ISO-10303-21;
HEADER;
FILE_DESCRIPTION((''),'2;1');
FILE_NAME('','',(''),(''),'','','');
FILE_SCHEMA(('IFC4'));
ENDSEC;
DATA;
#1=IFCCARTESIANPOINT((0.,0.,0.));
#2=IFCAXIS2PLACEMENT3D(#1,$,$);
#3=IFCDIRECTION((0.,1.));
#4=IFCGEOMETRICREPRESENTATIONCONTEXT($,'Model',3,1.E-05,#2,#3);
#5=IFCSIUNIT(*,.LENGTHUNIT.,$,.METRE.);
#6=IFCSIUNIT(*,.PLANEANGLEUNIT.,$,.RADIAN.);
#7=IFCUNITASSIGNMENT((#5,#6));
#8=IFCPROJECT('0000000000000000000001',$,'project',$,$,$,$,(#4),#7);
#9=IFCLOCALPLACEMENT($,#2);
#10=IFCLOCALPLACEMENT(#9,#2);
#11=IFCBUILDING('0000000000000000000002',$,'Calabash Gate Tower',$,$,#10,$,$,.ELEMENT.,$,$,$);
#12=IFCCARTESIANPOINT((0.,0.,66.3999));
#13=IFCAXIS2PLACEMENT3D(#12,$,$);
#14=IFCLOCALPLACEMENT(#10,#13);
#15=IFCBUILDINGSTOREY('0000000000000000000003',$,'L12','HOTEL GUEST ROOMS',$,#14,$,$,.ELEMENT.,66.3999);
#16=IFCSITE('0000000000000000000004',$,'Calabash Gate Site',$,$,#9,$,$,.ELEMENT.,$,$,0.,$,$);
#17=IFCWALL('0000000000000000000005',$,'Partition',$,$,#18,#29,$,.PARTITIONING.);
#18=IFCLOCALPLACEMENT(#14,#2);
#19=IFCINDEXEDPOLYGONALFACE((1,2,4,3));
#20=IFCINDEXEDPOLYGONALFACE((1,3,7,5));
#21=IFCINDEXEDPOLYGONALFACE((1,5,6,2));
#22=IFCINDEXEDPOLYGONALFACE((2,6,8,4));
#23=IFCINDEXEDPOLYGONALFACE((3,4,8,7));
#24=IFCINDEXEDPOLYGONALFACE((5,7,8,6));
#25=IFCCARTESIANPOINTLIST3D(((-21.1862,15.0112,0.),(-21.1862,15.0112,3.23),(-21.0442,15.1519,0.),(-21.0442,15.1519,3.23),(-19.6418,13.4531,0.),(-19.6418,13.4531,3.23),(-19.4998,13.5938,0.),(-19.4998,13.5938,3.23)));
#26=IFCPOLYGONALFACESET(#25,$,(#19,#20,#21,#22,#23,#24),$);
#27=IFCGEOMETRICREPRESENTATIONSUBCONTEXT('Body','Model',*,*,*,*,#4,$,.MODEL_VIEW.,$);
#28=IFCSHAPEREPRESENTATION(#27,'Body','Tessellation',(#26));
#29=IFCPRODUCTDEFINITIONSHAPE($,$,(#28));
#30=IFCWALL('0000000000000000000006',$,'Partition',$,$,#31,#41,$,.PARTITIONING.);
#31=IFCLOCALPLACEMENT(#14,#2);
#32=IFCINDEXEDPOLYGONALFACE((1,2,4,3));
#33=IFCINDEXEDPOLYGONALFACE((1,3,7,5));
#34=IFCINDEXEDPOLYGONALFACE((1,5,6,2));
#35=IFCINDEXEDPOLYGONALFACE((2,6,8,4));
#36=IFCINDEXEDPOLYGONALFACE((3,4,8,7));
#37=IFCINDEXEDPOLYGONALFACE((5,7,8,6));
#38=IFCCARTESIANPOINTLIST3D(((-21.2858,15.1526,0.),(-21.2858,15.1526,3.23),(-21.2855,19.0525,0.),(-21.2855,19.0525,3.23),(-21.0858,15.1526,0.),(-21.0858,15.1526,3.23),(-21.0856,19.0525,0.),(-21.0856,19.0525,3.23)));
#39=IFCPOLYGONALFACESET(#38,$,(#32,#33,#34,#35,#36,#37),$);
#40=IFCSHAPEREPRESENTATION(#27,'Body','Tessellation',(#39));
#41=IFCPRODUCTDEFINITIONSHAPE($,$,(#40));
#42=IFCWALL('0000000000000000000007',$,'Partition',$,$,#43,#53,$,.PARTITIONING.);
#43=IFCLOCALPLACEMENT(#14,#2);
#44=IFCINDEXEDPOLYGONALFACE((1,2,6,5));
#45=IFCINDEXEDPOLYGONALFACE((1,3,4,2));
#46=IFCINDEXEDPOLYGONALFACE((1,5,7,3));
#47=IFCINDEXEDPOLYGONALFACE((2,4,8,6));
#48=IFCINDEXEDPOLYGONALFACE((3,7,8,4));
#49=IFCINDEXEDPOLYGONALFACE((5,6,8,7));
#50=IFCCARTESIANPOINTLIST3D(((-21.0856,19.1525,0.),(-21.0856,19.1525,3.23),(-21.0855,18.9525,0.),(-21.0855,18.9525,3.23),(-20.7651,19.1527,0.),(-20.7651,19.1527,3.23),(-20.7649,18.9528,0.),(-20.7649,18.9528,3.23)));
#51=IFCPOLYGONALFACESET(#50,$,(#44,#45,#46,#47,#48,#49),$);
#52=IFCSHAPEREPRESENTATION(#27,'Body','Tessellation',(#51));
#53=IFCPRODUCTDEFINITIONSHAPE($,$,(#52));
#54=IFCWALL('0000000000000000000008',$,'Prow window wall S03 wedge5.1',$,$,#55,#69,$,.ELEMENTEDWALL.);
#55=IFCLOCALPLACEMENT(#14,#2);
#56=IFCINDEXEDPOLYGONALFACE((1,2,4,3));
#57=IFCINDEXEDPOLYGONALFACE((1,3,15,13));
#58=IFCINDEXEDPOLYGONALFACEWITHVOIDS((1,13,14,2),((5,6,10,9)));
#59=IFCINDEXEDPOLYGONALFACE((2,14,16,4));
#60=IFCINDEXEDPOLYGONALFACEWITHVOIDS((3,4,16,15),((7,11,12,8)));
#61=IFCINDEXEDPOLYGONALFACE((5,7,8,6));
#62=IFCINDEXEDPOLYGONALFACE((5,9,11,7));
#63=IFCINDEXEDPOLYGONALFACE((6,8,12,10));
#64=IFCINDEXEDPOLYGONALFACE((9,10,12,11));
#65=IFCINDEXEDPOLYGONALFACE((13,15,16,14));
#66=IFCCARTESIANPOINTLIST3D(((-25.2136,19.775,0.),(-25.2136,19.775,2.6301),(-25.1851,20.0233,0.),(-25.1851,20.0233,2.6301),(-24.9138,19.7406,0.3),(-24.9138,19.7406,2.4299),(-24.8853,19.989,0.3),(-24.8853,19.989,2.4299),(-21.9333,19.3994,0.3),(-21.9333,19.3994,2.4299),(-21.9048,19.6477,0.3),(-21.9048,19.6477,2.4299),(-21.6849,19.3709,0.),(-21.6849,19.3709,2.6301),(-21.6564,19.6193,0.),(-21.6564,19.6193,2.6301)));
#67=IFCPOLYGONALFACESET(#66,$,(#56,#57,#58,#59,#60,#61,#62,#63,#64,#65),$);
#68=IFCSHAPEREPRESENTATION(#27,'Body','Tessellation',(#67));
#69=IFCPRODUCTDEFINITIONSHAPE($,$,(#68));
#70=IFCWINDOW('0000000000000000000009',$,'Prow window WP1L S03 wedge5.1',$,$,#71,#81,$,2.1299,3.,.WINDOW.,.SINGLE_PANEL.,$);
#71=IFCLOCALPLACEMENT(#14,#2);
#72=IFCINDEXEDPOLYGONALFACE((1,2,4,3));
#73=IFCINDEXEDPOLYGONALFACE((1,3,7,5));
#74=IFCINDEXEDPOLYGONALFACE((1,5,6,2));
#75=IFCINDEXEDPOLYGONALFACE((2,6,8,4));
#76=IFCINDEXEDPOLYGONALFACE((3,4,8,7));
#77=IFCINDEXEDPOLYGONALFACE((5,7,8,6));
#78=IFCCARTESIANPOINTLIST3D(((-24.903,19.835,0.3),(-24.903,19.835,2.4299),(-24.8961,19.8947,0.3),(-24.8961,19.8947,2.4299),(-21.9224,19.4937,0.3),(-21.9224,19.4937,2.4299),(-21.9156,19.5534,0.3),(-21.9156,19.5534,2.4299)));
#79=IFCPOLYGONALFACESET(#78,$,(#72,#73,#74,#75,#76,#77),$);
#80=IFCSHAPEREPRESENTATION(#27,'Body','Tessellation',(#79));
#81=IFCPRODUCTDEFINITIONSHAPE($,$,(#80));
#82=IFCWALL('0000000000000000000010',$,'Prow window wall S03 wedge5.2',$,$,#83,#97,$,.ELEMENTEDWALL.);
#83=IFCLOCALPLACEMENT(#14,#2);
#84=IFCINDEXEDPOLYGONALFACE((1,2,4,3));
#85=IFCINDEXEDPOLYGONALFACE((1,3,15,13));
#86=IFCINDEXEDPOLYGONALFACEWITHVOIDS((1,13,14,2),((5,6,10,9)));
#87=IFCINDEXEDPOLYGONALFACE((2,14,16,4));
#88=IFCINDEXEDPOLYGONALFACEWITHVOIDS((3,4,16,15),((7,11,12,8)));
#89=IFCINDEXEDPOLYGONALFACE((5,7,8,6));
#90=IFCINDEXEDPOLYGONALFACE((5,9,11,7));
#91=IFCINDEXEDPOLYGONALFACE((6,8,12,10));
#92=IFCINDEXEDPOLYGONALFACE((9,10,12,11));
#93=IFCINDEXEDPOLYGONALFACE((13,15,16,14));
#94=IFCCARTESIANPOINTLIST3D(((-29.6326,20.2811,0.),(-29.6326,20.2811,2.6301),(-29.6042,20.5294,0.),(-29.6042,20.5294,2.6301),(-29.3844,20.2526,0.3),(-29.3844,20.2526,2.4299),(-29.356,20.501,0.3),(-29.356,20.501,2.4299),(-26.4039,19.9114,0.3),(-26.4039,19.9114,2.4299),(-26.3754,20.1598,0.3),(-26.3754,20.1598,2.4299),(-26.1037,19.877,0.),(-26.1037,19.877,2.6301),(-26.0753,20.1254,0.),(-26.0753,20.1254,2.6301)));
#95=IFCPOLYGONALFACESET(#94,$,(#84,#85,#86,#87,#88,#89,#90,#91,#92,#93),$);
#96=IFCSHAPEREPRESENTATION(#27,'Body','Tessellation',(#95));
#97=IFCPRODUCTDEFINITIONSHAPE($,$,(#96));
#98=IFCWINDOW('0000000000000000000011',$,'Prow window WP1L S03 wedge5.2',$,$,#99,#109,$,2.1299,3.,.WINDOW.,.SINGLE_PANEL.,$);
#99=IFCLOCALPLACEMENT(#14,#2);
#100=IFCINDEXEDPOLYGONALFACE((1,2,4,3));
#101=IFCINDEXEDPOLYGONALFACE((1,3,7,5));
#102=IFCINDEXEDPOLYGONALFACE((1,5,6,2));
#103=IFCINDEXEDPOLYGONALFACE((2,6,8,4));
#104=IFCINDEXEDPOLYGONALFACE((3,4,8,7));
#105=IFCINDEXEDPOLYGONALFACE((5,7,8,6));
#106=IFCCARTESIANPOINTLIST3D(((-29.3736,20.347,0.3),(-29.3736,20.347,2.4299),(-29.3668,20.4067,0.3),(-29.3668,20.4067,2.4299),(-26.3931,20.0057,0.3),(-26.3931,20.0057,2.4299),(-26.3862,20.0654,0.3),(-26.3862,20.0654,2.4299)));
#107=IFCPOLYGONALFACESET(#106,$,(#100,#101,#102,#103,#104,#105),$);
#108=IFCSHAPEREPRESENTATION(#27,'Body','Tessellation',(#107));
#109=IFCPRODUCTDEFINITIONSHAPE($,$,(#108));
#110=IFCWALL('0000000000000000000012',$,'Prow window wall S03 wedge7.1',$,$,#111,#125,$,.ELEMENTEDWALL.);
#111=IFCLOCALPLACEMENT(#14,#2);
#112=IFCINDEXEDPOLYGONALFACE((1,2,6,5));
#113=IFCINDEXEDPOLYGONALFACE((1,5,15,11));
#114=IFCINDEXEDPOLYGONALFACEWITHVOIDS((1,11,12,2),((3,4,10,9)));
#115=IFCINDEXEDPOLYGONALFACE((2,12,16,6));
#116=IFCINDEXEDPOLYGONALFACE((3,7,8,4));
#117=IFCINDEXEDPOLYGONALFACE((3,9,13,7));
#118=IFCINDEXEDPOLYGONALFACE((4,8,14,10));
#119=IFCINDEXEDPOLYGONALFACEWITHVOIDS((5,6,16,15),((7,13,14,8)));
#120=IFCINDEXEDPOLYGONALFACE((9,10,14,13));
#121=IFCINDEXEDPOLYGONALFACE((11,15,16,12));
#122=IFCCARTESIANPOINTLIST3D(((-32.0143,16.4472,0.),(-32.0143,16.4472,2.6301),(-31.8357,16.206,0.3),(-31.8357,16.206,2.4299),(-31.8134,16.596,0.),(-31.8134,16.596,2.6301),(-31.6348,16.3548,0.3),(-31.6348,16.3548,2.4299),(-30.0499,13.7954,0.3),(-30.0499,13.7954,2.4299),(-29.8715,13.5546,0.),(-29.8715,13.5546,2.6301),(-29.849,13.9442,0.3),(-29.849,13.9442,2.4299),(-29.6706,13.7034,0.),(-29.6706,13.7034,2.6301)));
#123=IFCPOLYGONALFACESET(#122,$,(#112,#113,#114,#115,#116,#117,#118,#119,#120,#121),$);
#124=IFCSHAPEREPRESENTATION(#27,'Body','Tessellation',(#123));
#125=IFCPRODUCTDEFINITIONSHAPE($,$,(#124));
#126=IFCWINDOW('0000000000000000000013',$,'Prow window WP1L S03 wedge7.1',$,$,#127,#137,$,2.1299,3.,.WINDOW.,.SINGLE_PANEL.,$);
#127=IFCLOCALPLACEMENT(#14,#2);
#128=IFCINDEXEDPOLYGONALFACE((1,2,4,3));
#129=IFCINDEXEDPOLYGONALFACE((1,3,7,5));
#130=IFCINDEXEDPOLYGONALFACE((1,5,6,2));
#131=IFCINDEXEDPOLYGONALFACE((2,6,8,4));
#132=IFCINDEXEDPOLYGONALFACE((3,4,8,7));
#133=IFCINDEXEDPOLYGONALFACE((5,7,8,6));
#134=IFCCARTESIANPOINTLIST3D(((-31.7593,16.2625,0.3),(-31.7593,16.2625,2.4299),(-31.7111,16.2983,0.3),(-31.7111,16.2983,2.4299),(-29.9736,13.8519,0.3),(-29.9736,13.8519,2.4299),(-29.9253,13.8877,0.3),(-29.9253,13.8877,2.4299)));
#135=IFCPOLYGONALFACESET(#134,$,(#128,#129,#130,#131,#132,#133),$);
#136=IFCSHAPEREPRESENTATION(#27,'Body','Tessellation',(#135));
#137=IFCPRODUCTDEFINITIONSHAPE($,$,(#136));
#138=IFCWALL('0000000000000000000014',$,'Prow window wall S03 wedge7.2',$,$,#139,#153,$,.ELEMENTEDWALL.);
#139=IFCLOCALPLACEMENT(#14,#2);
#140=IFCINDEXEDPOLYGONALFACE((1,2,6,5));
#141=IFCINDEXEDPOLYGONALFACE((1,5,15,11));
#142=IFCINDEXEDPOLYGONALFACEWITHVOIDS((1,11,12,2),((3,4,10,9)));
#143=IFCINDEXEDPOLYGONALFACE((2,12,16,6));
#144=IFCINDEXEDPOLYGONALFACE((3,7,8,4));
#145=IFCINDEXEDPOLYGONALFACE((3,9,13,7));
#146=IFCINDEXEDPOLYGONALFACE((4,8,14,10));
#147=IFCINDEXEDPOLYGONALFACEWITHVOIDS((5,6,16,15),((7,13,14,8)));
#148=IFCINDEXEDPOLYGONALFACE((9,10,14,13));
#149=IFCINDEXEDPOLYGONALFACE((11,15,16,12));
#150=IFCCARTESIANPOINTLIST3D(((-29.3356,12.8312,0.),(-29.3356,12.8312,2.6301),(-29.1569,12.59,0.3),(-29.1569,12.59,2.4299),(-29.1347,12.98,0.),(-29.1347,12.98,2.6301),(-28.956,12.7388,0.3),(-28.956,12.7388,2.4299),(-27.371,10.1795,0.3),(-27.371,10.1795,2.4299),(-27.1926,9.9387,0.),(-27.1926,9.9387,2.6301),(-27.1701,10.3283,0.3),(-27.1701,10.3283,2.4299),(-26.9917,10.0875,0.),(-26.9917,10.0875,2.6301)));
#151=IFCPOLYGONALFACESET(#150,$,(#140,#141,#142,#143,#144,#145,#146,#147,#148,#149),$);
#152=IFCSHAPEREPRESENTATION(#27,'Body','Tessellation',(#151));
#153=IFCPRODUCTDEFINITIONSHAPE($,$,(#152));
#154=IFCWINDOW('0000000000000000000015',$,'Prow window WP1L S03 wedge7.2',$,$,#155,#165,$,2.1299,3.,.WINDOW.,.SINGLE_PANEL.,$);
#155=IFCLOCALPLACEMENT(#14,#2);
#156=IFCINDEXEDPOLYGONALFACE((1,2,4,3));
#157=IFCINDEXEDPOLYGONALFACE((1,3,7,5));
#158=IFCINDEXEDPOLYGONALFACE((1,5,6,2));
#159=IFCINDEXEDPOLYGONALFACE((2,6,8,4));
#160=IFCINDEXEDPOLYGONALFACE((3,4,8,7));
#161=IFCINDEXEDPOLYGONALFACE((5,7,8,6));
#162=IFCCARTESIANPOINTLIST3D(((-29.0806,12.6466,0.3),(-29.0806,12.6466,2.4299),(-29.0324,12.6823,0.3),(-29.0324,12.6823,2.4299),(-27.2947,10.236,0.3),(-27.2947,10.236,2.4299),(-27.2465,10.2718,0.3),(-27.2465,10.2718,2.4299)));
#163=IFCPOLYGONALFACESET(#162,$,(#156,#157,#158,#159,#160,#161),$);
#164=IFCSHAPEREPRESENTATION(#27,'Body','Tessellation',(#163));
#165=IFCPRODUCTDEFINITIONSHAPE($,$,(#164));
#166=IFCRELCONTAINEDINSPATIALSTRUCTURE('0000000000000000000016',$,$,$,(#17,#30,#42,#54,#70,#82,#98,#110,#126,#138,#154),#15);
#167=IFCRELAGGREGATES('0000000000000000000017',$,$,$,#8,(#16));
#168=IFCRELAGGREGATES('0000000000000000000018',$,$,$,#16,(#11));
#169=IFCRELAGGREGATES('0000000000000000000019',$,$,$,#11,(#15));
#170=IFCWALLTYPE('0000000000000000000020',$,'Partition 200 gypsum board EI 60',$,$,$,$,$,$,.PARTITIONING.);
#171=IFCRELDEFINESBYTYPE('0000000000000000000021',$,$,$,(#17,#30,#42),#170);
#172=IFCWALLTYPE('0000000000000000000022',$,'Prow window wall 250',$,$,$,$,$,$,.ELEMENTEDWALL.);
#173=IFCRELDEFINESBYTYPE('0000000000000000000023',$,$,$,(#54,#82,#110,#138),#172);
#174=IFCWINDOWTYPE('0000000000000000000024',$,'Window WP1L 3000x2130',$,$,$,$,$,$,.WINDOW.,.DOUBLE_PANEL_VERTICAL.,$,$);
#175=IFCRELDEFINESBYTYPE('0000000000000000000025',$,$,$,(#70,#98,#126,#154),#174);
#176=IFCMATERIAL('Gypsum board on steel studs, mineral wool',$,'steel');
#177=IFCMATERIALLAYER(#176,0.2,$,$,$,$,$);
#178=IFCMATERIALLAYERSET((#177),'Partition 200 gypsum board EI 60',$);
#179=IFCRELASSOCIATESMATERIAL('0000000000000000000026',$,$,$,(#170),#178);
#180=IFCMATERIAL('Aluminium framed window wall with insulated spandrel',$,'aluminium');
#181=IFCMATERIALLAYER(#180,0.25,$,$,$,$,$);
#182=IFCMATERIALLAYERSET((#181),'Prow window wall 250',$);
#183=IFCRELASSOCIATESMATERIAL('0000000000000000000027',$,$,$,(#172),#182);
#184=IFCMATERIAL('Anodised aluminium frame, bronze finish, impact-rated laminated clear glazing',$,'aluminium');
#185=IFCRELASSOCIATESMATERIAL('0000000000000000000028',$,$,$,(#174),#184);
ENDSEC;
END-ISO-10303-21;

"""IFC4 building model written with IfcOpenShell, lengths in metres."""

from ifc_helpers import new_model, si_unit, direction, frame, frame_2d, origin, place, context, subcontext, project, spatial, rectangle, extrude, material, layer, layer_set, type_object, element, fill, save


model = new_model("IFC4")

# Units and contexts
model_context = context("Model", 3, precision=1e-05, world=origin(), true_north=direction((0.0, 1.0)))
body_context = subcontext(model_context, "Body", "Model", "MODEL_VIEW")
ifc_project = project(units=[si_unit("LENGTHUNIT", "METRE"), si_unit("PLANEANGLEUNIT", "RADIAN")], contexts=[model_context])

# Site, building, storey
site_placement = place(None, origin())
site = spatial("IfcSite", under=ifc_project, at=site_placement, Name="Calabash Gate Site", CompositionType="ELEMENT", RefElevation=0.0)
building_placement = place(site_placement, origin())
building = spatial("IfcBuilding", under=site, at=building_placement, Name="Calabash Gate Tower", CompositionType="ELEMENT")
storey_placement = place(building_placement, frame((0.0, 0.0, 66.3999)))
storey = spatial("IfcBuildingStorey", under=building, at=storey_placement, Name="L12", Description="HOTEL GUEST ROOMS", CompositionType="ELEMENT", Elevation=66.3999)

# Walls
ifc_material_1 = material(Name="Gypsum board on steel studs, mineral wool", Category="steel")
ifc_layer_1 = layer(ifc_material_1, 0.2)
ifc_layer_set_1 = layer_set([ifc_layer_1], Name="Partition 200 gypsum board EI 60")
wall_type_1 = type_object("IfcWallType", Name="Partition 200 gypsum board EI 60", PredefinedType="PARTITIONING", material=ifc_layer_set_1)
wall_1_placement = place(storey_placement, frame((-21.1152, 15.0815, 0.0), z_axis=(0.0, 0.0, 1.0), x_axis=(0.703984, -0.710216, 0.0)))
element("IfcWall", 1, at=wall_1_placement, inside=storey, type_object=wall_type_1, Name="Partition", PredefinedType="PARTITIONING", context=body_context, shape_type="SweptSolid", body=[
    extrude(rectangle(XDim=2.1938, YDim=0.2, at=frame_2d((1.0969, 0.0))), origin(), (0.0, 0.0, 1.0), 3.23),
])
wall_2_placement = place(storey_placement, frame((-21.1858, 15.1526, 0.0), z_axis=(0.0, 0.0, 1.0), x_axis=(0.000063, 1.0, 0.0)))
element("IfcWall", 2, at=wall_2_placement, inside=storey, type_object=wall_type_1, Name="Partition", PredefinedType="PARTITIONING", context=body_context, shape_type="SweptSolid", body=[
    extrude(rectangle(XDim=3.8999, YDim=0.2, at=frame_2d((1.95, 0.0))), origin(), (0.0, 0.0, 1.0), 3.23),
])
wall_3_placement = place(storey_placement, frame((-21.0854, 19.0525, 0.0), z_axis=(0.0, 0.0, 1.0), x_axis=(1.0, 0.000762, 0.0)))
element("IfcWall", 3, at=wall_3_placement, inside=storey, type_object=wall_type_1, Name="Partition", PredefinedType="PARTITIONING", context=body_context, shape_type="SweptSolid", body=[
    extrude(rectangle(XDim=0.3206, YDim=0.2, at=frame_2d((0.1602, 0.0))), origin(), (0.0, 0.0, 1.0), 3.23),
])

# Walls, openings, windows
ifc_material_2 = material(Name="Aluminium framed window wall with insulated spandrel", Category="aluminium")
ifc_layer_2 = layer(ifc_material_2, 0.25)
ifc_layer_set_2 = layer_set([ifc_layer_2], Name="Prow window wall 250")
wall_type_2 = type_object("IfcWallType", Name="Prow window wall 250", PredefinedType="ELEMENTEDWALL", material=ifc_layer_set_2)
wall_4_placement = place(storey_placement, frame((-21.6707, 19.4951, 0.0), z_axis=(0.0, 0.0, 1.0), x_axis=(-0.993509, 0.113758, 0.0)))
wall_4 = element("IfcWall", 4, at=wall_4_placement, inside=storey, type_object=wall_type_2, Name="Prow window wall S03 wedge5.1", PredefinedType="ELEMENTEDWALL", context=body_context, shape_type="SweptSolid", body=[
    extrude(rectangle(XDim=3.5518, YDim=0.25, at=frame_2d((1.7759, 0.0))), origin(), (0.0, 0.0, 1.0), 2.6301),
])
opening_1_placement = place(wall_4_placement, frame((0.25, 0.0, 0.3)))
opening_1 = element("IfcOpeningElement", 5, at=opening_1_placement, cuts=wall_4, PredefinedType="OPENING", context=body_context, shape_type="SweptSolid", body=[
    extrude(rectangle(XDim=3.0, YDim=2.1299, at=frame_2d((1.5, 1.0649))), frame((0.0, 0.135, 0.0), z_axis=(0.0, -1.0, 0.0), x_axis=(1.0, 0.0, 0.0)), (0.0, 0.0, 1.0), 0.27),
])
ifc_material_3 = material(Name="Anodised aluminium frame, bronze finish, impact-rated laminated clear glazing", Category="aluminium")
window_type = type_object("IfcWindowType", Name="Window WP1L 3000x2130", PartitioningType="DOUBLE_PANEL_VERTICAL", PredefinedType="WINDOW", material=ifc_material_3)
window_1_placement = place(opening_1_placement, origin())
window_1 = element("IfcWindow", 6, at=window_1_placement, inside=storey, type_object=window_type, Name="Prow window WP1L S03 wedge5.1", OverallHeight=2.1299, OverallWidth=3.0, PartitioningType="SINGLE_PANEL", PredefinedType="WINDOW", context=body_context, shape_type="SweptSolid", body=[
    extrude(rectangle(XDim=3.0, YDim=2.1299, at=frame_2d((1.5, 1.0649))), frame((0.0, 0.03, 0.0), z_axis=(0.0, -1.0, 0.0), x_axis=(1.0, 0.0, 0.0)), (0.0, 0.0, 1.0), 0.0601),
])
fill(opening_1, window_1)
wall_5_placement = place(storey_placement, frame((-26.0896, 20.0012, 0.0), z_axis=(0.0, 0.0, 1.0), x_axis=(-0.993509, 0.11375, 0.0)))
wall_5 = element("IfcWall", 7, at=wall_5_placement, inside=storey, type_object=wall_type_2, Name="Prow window wall S03 wedge5.2", PredefinedType="ELEMENTEDWALL", context=body_context, shape_type="SweptSolid", body=[
    extrude(rectangle(XDim=3.552, YDim=0.25, at=frame_2d((1.7759, 0.0))), origin(), (0.0, 0.0, 1.0), 2.6301),
])
opening_2_placement = place(wall_5_placement, frame((0.302, 0.0, 0.3)))
opening_2 = element("IfcOpeningElement", 8, at=opening_2_placement, cuts=wall_5, PredefinedType="OPENING", context=body_context, shape_type="SweptSolid", body=[
    extrude(rectangle(XDim=3.0, YDim=2.1299, at=frame_2d((1.5, 1.0649))), frame((0.0, 0.135, 0.0), z_axis=(0.0, -1.0, 0.0), x_axis=(1.0, 0.0, 0.0)), (0.0, 0.0, 1.0), 0.27),
])
window_2_placement = place(opening_2_placement, origin())
window_2 = element("IfcWindow", 9, at=window_2_placement, inside=storey, type_object=window_type, Name="Prow window WP1L S03 wedge5.2", OverallHeight=2.1299, OverallWidth=3.0, PartitioningType="SINGLE_PANEL", PredefinedType="WINDOW", context=body_context, shape_type="SweptSolid", body=[
    extrude(rectangle(XDim=3.0, YDim=2.1299, at=frame_2d((1.5, 1.0649))), frame((0.0, 0.03, 0.0), z_axis=(0.0, -1.0, 0.0), x_axis=(1.0, 0.0, 0.0)), (0.0, 0.0, 1.0), 0.0601),
])
fill(opening_2, window_2)
wall_6_placement = place(storey_placement, frame((-31.9138, 16.5215, 0.0), z_axis=(0.0, 0.0, 1.0), x_axis=(0.595258, -0.803534, 0.0)))
wall_6 = element("IfcWall", 10, at=wall_6_placement, inside=storey, type_object=wall_type_2, Name="Prow window wall S03 wedge7.1", PredefinedType="ELEMENTEDWALL", context=body_context, shape_type="SweptSolid", body=[
    extrude(rectangle(XDim=3.5999, YDim=0.25, at=frame_2d((1.7998, 0.0))), origin(), (0.0, 0.0, 1.0), 2.6301),
])
opening_3_placement = place(wall_6_placement, frame((0.3, 0.0, 0.3)))
opening_3 = element("IfcOpeningElement", 11, at=opening_3_placement, cuts=wall_6, PredefinedType="OPENING", context=body_context, shape_type="SweptSolid", body=[
    extrude(rectangle(XDim=3.0, YDim=2.1299, at=frame_2d((1.5, 1.0649))), frame((0.0, 0.135, 0.0), z_axis=(0.0, -1.0, 0.0), x_axis=(1.0, 0.0, 0.0)), (0.0, 0.0, 1.0), 0.27),
])
window_3_placement = place(opening_3_placement, origin())
window_3 = element("IfcWindow", 12, at=window_3_placement, inside=storey, type_object=window_type, Name="Prow window WP1L S03 wedge7.1", OverallHeight=2.1299, OverallWidth=3.0, PartitioningType="SINGLE_PANEL", PredefinedType="WINDOW", context=body_context, shape_type="SweptSolid", body=[
    extrude(rectangle(XDim=3.0, YDim=2.1299, at=frame_2d((1.5, 1.0649))), frame((0.0, 0.03, 0.0), z_axis=(0.0, -1.0, 0.0), x_axis=(1.0, 0.0, 0.0)), (0.0, 0.0, 1.0), 0.0601),
])
fill(opening_3, window_3)
wall_7_placement = place(storey_placement, frame((-29.2351, 12.9055, 0.0), z_axis=(0.0, 0.0, 1.0), x_axis=(0.595302, -0.803502, 0.0)))
wall_7 = element("IfcWall", 13, at=wall_7_placement, inside=storey, type_object=wall_type_2, Name="Prow window wall S03 wedge7.2", PredefinedType="ELEMENTEDWALL", context=body_context, shape_type="SweptSolid", body=[
    extrude(rectangle(XDim=3.5999, YDim=0.25, at=frame_2d((1.7998, 0.0))), origin(), (0.0, 0.0, 1.0), 2.6301),
])
opening_4_placement = place(wall_7_placement, frame((0.3, 0.0, 0.3)))
opening_4 = element("IfcOpeningElement", 14, at=opening_4_placement, cuts=wall_7, PredefinedType="OPENING", context=body_context, shape_type="SweptSolid", body=[
    extrude(rectangle(XDim=3.0, YDim=2.1299, at=frame_2d((1.5, 1.0649))), frame((0.0, 0.135, 0.0), z_axis=(0.0, -1.0, 0.0), x_axis=(1.0, 0.0, 0.0)), (0.0, 0.0, 1.0), 0.27),
])
window_4_placement = place(opening_4_placement, origin())
window_4 = element("IfcWindow", 15, at=window_4_placement, inside=storey, type_object=window_type, Name="Prow window WP1L S03 wedge7.2", OverallHeight=2.1299, OverallWidth=3.0, PartitioningType="SINGLE_PANEL", PredefinedType="WINDOW", context=body_context, shape_type="SweptSolid", body=[
    extrude(rectangle(XDim=3.0, YDim=2.1299, at=frame_2d((1.5, 1.0649))), frame((0.0, 0.03, 0.0), z_axis=(0.0, -1.0, 0.0), x_axis=(1.0, 0.0, 0.0)), (0.0, 0.0, 1.0), 0.0601),
])
fill(opening_4, window_4)

save(model, "model.ifc")
